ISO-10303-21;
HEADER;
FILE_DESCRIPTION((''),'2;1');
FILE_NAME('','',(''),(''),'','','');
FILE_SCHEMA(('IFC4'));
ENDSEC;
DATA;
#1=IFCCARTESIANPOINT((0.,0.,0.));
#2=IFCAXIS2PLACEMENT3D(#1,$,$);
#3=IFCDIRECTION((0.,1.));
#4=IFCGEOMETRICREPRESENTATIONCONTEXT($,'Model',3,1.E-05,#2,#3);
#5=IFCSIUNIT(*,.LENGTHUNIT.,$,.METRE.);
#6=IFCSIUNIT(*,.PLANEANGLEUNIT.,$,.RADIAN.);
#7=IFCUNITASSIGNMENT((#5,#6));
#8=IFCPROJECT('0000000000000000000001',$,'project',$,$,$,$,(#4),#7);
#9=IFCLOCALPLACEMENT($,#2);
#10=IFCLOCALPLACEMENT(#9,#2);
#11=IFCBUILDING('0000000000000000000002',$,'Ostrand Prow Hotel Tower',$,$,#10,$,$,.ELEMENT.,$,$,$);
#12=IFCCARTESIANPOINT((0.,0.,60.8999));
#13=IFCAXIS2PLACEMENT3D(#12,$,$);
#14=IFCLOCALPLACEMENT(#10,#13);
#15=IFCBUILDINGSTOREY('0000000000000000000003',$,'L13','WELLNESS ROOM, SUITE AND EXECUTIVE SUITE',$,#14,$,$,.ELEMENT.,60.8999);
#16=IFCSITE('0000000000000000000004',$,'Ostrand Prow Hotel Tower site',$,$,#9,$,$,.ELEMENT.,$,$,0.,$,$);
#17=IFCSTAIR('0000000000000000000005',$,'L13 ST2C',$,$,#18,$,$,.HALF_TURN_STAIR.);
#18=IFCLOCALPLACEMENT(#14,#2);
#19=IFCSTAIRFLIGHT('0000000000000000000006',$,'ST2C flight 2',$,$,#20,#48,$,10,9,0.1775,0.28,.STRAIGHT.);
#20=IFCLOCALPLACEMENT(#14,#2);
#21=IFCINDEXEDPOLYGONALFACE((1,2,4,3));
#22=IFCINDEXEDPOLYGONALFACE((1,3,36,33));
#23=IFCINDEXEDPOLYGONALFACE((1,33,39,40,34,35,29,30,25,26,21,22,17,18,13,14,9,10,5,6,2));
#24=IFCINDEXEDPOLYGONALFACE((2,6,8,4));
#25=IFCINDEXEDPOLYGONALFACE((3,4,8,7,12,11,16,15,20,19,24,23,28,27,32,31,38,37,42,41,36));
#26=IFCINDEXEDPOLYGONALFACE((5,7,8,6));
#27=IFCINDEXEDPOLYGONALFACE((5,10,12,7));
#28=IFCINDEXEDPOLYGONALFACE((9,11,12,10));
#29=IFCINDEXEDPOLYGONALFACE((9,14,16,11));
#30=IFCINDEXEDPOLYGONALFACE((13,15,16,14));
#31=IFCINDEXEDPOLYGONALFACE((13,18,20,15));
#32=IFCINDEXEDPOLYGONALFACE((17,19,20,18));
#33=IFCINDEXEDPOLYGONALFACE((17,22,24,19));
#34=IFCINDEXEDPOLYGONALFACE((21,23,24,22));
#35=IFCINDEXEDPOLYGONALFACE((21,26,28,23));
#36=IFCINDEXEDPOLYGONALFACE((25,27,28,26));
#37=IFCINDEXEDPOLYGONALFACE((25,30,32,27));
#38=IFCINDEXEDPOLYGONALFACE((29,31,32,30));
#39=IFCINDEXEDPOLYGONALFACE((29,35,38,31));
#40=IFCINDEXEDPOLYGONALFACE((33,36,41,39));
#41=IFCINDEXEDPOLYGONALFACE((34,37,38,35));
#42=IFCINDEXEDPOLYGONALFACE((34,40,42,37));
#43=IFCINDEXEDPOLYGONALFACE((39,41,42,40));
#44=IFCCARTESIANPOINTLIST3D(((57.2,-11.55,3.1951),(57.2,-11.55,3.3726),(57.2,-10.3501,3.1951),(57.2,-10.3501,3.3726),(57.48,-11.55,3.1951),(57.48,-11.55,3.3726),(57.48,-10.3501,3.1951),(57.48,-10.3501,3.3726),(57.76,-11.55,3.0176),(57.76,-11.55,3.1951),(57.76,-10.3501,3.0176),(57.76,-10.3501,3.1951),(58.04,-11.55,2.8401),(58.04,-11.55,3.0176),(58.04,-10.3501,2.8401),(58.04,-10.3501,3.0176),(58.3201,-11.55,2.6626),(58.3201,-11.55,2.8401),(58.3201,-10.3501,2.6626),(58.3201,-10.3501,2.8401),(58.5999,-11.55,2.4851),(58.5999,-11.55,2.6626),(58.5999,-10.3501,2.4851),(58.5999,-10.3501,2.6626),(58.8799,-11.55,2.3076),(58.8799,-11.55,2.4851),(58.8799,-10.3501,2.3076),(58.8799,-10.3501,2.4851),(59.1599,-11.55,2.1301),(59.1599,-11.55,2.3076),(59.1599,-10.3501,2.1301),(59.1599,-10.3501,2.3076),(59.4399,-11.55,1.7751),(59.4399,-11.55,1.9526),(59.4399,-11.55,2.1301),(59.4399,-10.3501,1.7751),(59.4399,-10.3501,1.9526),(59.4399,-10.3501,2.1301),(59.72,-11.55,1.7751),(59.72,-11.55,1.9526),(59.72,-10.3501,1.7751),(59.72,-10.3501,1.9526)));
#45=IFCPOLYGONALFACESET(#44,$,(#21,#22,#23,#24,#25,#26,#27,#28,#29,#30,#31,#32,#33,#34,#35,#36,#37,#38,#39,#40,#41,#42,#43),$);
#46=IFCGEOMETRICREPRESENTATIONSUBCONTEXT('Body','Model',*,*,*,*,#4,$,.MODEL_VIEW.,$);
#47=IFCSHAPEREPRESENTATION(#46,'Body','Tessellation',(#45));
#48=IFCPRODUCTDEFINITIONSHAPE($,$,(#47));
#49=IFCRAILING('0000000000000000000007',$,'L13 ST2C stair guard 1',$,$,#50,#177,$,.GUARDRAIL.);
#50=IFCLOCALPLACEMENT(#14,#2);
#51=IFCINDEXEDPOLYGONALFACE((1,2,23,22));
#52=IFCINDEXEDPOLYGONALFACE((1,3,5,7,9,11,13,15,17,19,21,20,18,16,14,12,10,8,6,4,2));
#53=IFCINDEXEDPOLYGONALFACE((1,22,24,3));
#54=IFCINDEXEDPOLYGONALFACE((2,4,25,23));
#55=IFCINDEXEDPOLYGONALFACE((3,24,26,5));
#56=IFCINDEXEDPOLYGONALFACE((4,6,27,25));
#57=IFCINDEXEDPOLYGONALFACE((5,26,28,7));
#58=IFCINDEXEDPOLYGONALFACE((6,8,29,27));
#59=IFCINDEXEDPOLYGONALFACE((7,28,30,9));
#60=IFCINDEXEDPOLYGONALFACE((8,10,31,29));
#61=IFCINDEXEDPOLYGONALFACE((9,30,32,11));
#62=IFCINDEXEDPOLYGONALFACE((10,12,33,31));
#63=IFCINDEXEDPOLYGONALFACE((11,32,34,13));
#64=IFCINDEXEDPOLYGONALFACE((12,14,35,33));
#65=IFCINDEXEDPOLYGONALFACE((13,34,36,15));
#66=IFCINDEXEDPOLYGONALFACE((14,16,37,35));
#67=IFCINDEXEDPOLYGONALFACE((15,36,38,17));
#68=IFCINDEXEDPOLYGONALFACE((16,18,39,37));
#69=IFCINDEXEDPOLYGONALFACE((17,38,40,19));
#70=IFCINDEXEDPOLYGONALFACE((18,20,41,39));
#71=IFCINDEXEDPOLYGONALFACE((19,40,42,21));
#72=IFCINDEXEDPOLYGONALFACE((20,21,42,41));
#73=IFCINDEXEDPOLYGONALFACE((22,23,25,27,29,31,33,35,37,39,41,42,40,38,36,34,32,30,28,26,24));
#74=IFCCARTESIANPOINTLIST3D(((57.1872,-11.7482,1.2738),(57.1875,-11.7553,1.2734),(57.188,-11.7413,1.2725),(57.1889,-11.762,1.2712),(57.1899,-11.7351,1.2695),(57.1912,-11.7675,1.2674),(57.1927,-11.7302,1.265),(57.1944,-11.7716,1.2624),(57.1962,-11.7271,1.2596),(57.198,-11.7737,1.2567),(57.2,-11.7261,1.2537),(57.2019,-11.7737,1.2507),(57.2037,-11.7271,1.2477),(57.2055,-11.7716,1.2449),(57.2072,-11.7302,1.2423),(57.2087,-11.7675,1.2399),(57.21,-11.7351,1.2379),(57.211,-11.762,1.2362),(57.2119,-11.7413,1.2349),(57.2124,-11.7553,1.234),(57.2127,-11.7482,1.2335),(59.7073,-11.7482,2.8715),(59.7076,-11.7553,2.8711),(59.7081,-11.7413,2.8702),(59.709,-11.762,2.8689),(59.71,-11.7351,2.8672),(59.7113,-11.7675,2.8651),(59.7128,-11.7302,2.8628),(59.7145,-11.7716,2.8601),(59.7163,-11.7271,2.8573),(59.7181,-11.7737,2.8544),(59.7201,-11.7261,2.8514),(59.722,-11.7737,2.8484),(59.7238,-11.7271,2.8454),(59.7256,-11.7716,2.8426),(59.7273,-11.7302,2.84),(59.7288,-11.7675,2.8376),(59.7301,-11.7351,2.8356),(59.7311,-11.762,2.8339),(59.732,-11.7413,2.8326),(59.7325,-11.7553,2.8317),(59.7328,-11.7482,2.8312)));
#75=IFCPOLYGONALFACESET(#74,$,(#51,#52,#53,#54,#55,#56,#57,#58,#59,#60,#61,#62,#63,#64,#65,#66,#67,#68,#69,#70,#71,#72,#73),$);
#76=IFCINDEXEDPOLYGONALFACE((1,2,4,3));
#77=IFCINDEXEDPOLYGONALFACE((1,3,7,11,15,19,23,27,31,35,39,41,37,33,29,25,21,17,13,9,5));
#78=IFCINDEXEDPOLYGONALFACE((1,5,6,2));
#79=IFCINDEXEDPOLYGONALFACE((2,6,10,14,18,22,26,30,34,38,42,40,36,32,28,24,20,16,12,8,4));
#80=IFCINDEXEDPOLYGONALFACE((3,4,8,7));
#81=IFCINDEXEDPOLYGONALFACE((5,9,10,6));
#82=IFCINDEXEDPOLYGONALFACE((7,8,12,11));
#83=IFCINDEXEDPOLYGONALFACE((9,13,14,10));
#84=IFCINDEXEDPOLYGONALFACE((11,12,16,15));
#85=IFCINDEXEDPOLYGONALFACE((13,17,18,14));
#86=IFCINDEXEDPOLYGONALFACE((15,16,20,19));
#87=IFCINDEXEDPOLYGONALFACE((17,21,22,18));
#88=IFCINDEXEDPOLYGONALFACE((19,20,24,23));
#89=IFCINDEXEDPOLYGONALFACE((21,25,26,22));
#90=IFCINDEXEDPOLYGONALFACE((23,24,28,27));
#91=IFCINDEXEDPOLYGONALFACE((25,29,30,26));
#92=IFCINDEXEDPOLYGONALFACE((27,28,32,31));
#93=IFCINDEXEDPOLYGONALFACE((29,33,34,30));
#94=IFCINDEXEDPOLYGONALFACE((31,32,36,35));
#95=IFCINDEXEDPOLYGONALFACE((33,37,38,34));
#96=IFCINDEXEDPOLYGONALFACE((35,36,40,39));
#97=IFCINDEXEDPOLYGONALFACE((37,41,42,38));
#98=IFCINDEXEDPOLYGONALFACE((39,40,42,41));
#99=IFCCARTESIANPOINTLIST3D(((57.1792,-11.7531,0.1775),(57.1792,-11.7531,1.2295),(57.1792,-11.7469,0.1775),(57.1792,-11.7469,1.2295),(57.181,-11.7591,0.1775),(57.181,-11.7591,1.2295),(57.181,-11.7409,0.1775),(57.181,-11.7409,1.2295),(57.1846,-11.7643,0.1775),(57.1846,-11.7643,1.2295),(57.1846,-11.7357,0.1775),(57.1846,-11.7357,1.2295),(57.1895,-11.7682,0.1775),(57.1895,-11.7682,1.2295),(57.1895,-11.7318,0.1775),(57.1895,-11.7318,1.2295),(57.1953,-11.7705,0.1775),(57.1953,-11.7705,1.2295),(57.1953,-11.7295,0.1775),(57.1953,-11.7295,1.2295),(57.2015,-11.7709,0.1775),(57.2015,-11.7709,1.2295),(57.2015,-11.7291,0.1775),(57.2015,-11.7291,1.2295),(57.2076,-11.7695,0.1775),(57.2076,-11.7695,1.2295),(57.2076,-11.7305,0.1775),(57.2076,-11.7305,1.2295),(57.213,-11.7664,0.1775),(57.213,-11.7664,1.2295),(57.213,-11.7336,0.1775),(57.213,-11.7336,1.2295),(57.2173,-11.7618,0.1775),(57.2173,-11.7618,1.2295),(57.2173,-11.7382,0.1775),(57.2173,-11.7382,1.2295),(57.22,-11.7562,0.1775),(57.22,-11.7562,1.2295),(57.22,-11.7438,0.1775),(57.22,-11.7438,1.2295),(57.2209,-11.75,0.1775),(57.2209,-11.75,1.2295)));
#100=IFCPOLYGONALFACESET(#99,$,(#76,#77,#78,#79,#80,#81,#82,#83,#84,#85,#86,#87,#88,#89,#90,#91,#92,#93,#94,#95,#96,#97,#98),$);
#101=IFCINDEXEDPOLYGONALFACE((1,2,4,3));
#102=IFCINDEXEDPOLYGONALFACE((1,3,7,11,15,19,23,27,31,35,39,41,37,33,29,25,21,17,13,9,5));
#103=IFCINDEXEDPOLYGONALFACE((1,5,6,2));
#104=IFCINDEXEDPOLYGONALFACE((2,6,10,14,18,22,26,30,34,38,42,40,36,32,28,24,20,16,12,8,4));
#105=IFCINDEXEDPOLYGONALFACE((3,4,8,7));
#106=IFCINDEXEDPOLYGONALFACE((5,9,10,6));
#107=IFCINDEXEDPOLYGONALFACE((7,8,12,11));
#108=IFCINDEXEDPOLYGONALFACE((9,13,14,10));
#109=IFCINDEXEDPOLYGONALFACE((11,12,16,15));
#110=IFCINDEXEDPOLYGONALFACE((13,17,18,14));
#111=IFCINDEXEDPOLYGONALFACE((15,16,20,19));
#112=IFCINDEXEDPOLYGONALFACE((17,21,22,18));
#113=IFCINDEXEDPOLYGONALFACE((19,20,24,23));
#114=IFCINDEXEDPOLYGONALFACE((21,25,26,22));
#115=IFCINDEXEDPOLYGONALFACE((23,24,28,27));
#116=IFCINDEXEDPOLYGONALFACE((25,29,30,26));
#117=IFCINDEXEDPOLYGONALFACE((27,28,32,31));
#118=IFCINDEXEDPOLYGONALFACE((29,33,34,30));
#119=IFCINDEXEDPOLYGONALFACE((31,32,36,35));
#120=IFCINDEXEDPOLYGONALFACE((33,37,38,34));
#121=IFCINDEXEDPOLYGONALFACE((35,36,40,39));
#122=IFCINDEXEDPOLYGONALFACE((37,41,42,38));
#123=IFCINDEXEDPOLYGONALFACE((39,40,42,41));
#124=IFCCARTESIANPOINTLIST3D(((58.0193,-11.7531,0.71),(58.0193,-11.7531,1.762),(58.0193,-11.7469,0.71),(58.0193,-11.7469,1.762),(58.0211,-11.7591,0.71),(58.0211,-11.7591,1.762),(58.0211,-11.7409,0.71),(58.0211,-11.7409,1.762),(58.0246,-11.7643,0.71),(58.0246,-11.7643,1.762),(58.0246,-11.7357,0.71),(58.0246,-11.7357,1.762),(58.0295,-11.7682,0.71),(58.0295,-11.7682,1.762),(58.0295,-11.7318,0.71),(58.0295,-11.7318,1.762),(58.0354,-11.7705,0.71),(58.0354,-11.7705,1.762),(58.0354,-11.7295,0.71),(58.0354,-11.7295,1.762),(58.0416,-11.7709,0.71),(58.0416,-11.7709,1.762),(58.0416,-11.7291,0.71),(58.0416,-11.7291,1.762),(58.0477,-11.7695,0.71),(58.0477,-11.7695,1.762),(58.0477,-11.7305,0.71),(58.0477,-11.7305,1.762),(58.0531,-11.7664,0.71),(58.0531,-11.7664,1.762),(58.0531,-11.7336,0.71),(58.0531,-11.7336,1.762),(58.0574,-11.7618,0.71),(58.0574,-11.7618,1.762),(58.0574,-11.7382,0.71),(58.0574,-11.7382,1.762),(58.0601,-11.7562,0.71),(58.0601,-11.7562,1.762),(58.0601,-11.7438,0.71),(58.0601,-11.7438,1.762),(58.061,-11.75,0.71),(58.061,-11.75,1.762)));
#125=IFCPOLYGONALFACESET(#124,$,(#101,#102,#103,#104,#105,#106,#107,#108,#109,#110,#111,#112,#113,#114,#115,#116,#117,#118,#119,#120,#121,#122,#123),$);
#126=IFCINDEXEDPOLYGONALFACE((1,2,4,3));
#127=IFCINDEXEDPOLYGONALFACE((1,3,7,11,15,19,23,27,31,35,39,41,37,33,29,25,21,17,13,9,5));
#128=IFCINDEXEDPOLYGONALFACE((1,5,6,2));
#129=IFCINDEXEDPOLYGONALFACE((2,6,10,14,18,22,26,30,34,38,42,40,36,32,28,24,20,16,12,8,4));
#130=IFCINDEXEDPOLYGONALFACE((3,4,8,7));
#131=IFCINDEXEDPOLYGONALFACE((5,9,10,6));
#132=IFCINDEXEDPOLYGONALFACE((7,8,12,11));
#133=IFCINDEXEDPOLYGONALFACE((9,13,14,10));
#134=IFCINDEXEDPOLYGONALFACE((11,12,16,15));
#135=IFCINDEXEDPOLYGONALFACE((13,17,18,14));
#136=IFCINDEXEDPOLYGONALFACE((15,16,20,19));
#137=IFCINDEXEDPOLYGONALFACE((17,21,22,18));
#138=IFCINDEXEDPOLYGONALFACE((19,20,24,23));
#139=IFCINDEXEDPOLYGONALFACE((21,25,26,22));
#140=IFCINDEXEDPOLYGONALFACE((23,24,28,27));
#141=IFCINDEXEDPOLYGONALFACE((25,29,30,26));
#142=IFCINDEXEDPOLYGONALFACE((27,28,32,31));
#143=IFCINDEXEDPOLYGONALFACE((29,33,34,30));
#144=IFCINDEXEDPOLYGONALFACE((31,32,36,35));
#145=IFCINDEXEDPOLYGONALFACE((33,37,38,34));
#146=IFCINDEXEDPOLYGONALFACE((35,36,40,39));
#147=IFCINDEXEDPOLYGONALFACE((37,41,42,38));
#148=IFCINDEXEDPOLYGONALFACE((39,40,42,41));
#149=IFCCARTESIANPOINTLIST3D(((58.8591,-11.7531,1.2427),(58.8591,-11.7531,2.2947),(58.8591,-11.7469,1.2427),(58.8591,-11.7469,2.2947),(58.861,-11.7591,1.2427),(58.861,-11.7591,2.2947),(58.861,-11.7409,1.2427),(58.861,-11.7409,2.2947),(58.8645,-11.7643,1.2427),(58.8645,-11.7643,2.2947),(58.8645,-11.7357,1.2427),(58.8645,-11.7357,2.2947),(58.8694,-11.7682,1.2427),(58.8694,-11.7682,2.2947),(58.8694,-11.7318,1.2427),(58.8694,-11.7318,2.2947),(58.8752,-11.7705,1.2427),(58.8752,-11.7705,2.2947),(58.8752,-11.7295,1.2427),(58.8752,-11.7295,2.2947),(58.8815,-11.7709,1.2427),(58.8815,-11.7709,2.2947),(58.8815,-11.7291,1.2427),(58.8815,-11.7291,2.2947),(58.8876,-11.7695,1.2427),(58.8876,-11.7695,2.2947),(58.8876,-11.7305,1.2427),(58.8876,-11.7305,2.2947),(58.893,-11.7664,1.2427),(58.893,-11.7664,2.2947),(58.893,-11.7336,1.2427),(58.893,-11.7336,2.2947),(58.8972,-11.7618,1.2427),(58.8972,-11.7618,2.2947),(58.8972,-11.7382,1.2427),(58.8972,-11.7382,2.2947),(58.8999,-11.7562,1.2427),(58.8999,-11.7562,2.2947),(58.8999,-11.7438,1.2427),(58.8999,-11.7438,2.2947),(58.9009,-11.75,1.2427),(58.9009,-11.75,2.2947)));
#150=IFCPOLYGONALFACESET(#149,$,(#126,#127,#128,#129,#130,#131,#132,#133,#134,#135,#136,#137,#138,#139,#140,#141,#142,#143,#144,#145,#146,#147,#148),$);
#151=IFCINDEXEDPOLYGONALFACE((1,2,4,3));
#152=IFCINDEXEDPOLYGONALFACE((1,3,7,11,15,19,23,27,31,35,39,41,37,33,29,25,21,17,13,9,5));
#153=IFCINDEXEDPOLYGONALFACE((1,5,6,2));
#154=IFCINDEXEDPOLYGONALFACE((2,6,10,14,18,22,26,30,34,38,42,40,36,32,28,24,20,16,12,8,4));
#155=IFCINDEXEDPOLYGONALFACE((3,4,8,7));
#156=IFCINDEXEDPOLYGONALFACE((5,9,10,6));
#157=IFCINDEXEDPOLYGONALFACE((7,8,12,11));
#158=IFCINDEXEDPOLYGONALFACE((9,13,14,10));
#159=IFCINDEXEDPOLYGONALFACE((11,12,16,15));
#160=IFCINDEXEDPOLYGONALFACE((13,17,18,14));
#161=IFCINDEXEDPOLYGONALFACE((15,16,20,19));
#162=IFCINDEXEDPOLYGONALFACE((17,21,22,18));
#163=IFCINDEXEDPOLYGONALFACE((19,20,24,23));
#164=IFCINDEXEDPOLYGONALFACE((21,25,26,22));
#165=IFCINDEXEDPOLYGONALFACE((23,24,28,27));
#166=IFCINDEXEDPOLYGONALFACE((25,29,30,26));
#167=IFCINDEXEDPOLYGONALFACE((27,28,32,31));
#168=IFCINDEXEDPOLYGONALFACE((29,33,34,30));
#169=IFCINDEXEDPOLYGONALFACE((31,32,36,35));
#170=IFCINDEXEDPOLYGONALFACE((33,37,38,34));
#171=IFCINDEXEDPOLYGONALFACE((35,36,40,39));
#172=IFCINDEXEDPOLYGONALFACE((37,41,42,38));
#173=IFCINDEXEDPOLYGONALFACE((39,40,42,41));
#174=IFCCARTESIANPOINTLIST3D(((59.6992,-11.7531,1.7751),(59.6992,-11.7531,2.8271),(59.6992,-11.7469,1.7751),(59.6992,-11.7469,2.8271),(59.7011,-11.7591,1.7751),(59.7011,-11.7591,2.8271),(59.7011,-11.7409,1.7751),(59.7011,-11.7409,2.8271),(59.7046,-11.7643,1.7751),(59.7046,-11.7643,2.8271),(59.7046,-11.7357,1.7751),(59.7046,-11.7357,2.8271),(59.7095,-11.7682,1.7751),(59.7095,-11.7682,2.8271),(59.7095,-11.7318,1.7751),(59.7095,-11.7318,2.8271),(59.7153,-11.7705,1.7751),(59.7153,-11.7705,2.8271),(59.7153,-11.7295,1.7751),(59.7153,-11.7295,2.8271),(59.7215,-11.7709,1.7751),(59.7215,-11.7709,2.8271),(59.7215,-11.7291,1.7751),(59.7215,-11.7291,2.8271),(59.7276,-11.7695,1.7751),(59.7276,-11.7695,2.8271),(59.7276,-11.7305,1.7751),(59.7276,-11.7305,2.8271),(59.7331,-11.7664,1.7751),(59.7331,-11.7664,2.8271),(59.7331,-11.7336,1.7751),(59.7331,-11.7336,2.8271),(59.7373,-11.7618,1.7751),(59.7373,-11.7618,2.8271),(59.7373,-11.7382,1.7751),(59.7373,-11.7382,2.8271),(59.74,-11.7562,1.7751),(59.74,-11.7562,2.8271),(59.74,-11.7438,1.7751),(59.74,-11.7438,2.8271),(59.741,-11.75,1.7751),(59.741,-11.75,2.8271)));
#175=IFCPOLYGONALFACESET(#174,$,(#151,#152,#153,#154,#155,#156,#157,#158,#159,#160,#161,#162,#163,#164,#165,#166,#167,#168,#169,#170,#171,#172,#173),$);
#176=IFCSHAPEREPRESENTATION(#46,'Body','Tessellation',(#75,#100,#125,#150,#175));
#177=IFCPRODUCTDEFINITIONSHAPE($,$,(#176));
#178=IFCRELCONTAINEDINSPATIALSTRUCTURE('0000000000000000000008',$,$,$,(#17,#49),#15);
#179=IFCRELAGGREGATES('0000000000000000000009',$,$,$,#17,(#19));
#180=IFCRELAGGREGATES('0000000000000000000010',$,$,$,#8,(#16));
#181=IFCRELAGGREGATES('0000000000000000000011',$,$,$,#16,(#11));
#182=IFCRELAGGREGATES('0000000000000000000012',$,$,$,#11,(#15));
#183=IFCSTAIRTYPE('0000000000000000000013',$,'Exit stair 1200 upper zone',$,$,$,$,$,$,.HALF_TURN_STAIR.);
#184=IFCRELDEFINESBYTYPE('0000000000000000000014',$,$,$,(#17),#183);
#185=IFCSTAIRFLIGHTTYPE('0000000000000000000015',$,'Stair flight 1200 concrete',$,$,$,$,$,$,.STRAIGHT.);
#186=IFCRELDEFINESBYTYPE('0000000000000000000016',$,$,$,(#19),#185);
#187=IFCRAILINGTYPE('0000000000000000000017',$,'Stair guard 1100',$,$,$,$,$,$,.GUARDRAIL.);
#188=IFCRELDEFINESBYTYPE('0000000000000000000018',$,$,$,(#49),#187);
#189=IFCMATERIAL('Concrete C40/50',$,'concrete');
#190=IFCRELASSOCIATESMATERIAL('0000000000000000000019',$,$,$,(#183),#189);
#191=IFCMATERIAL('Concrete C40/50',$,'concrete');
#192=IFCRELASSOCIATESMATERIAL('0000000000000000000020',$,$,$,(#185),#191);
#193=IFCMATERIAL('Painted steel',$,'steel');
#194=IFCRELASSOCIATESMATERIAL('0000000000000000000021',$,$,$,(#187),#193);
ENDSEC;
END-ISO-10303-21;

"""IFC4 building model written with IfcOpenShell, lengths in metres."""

from ifc_helpers import new_model, si_unit, direction, frame, origin, origin_2d, place, context, subcontext, project, spatial, polyline, circle, outline, extrude, material, type_object, element, aggregate, save


model = new_model("IFC4")

# Units and contexts
model_context = context("Model", 3, precision=1e-05, world=origin(), true_north=direction((0.0, 1.0)))
body_context = subcontext(model_context, "Body", "Model", "MODEL_VIEW")
ifc_project = project(units=[si_unit("LENGTHUNIT", "METRE"), si_unit("PLANEANGLEUNIT", "RADIAN")], contexts=[model_context])

# Site, building, storey
site_placement = place(None, origin())
site = spatial("IfcSite", under=ifc_project, at=site_placement, Name="Ostrand Prow Hotel Tower site", CompositionType="ELEMENT", RefElevation=0.0)
building_placement = place(site_placement, origin())
building = spatial("IfcBuilding", under=site, at=building_placement, Name="Ostrand Prow Hotel Tower", CompositionType="ELEMENT")
storey_placement = place(building_placement, frame((0.0, 0.0, 60.8999)))
storey = spatial("IfcBuildingStorey", under=building, at=storey_placement, Name="L13", Description="WELLNESS ROOM, SUITE AND EXECUTIVE SUITE", CompositionType="ELEMENT", Elevation=60.8999)

# Stair, stair flight
ifc_material_1 = material(Name="Concrete C40/50", Category="concrete")
stair_type = type_object("IfcStairType", Name="Exit stair 1200 upper zone", PredefinedType="HALF_TURN_STAIR", material=ifc_material_1)
stair_placement = place(storey_placement, origin())
stair = element("IfcStair", 1, at=stair_placement, inside=storey, type_object=stair_type, Name="L13 ST2C", PredefinedType="HALF_TURN_STAIR")
ifc_material_2 = material(Name="Concrete C40/50", Category="concrete")
stair_flight_type = type_object("IfcStairFlightType", Name="Stair flight 1200 concrete", PredefinedType="STRAIGHT", material=ifc_material_2)
stair_flight_1_placement = place(storey_placement, frame((59.72, -10.95, 1.7751), z_axis=(0.0, 0.0, 1.0), x_axis=(-1.0, 0.0, 0.0)))
stair_flight_1 = element("IfcStairFlight", 2, at=stair_flight_1_placement, type_object=stair_flight_type, Name="ST2C flight 2", NumberOfRisers=10, NumberOfTreads=9, PredefinedType="STRAIGHT", RiserHeight=0.1775, TreadLength=0.28, context=body_context, shape_type="SweptSolid", body=[
    extrude(outline(polyline([(0.0, 0.0), (0.0, 0.1775), (0.28, 0.1775), (0.28, 0.355), (0.5601, 0.355), (0.5601, 0.5325), (0.8401, 0.5325), (0.8401, 0.71), (1.1201, 0.71), (1.1201, 0.8875), (1.3999, 0.8875), (1.3999, 1.0649), (1.6799, 1.0649), (1.6799, 1.2424), (1.96, 1.2424), (1.96, 1.4199), (2.24, 1.4199), (2.24, 1.5974), (2.52, 1.5974), (2.52, 1.7749), (2.52, 1.4199), (0.28, 0.0), (0.0, 0.0)])), frame((0.0, 0.6001, 0.0), z_axis=(0.0, -1.0, 0.0), x_axis=(1.0, 0.0, 0.0)), (0.0, 0.0, 1.0), 1.2),
])
aggregate(stair, [stair_flight_1])

# Railing
ifc_material_3 = material(Name="Painted steel", Category="steel")
railing_type_1 = type_object("IfcRailingType", Name="Stair guard 1100", PredefinedType="GUARDRAIL", material=ifc_material_3)
railing_1_placement = place(storey_placement, frame((57.2, -11.75, 0.1775)))
element("IfcRailing", 3, at=railing_1_placement, inside=storey, type_object=railing_type_1, Name="L13 ST2C stair guard 1", PredefinedType="GUARDRAIL", context=body_context, shape_type="SweptSolid", body=[
    extrude(circle(Radius=0.0239, at=origin_2d()), frame((0.0, 0.0, 1.0762), z_axis=(0.84457, 0.0, 0.535445), x_axis=(0.0, 1.0, 0.0)), (0.0, 0.0, 1.0), 2.9839),
    extrude(circle(Radius=0.021, at=origin_2d()), origin(), (0.0, 0.0, 1.0), 1.052),
    extrude(circle(Radius=0.021, at=origin_2d()), frame((0.8401, 0.0, 0.5325)), (0.0, 0.0, 1.0), 1.052),
    extrude(circle(Radius=0.021, at=origin_2d()), frame((1.6799, 0.0, 1.0652)), (0.0, 0.0, 1.0), 1.052),
    extrude(circle(Radius=0.021, at=origin_2d()), frame((2.52, 0.0, 1.5977)), (0.0, 0.0, 1.0), 1.052),
])

save(model, "model.ifc")
